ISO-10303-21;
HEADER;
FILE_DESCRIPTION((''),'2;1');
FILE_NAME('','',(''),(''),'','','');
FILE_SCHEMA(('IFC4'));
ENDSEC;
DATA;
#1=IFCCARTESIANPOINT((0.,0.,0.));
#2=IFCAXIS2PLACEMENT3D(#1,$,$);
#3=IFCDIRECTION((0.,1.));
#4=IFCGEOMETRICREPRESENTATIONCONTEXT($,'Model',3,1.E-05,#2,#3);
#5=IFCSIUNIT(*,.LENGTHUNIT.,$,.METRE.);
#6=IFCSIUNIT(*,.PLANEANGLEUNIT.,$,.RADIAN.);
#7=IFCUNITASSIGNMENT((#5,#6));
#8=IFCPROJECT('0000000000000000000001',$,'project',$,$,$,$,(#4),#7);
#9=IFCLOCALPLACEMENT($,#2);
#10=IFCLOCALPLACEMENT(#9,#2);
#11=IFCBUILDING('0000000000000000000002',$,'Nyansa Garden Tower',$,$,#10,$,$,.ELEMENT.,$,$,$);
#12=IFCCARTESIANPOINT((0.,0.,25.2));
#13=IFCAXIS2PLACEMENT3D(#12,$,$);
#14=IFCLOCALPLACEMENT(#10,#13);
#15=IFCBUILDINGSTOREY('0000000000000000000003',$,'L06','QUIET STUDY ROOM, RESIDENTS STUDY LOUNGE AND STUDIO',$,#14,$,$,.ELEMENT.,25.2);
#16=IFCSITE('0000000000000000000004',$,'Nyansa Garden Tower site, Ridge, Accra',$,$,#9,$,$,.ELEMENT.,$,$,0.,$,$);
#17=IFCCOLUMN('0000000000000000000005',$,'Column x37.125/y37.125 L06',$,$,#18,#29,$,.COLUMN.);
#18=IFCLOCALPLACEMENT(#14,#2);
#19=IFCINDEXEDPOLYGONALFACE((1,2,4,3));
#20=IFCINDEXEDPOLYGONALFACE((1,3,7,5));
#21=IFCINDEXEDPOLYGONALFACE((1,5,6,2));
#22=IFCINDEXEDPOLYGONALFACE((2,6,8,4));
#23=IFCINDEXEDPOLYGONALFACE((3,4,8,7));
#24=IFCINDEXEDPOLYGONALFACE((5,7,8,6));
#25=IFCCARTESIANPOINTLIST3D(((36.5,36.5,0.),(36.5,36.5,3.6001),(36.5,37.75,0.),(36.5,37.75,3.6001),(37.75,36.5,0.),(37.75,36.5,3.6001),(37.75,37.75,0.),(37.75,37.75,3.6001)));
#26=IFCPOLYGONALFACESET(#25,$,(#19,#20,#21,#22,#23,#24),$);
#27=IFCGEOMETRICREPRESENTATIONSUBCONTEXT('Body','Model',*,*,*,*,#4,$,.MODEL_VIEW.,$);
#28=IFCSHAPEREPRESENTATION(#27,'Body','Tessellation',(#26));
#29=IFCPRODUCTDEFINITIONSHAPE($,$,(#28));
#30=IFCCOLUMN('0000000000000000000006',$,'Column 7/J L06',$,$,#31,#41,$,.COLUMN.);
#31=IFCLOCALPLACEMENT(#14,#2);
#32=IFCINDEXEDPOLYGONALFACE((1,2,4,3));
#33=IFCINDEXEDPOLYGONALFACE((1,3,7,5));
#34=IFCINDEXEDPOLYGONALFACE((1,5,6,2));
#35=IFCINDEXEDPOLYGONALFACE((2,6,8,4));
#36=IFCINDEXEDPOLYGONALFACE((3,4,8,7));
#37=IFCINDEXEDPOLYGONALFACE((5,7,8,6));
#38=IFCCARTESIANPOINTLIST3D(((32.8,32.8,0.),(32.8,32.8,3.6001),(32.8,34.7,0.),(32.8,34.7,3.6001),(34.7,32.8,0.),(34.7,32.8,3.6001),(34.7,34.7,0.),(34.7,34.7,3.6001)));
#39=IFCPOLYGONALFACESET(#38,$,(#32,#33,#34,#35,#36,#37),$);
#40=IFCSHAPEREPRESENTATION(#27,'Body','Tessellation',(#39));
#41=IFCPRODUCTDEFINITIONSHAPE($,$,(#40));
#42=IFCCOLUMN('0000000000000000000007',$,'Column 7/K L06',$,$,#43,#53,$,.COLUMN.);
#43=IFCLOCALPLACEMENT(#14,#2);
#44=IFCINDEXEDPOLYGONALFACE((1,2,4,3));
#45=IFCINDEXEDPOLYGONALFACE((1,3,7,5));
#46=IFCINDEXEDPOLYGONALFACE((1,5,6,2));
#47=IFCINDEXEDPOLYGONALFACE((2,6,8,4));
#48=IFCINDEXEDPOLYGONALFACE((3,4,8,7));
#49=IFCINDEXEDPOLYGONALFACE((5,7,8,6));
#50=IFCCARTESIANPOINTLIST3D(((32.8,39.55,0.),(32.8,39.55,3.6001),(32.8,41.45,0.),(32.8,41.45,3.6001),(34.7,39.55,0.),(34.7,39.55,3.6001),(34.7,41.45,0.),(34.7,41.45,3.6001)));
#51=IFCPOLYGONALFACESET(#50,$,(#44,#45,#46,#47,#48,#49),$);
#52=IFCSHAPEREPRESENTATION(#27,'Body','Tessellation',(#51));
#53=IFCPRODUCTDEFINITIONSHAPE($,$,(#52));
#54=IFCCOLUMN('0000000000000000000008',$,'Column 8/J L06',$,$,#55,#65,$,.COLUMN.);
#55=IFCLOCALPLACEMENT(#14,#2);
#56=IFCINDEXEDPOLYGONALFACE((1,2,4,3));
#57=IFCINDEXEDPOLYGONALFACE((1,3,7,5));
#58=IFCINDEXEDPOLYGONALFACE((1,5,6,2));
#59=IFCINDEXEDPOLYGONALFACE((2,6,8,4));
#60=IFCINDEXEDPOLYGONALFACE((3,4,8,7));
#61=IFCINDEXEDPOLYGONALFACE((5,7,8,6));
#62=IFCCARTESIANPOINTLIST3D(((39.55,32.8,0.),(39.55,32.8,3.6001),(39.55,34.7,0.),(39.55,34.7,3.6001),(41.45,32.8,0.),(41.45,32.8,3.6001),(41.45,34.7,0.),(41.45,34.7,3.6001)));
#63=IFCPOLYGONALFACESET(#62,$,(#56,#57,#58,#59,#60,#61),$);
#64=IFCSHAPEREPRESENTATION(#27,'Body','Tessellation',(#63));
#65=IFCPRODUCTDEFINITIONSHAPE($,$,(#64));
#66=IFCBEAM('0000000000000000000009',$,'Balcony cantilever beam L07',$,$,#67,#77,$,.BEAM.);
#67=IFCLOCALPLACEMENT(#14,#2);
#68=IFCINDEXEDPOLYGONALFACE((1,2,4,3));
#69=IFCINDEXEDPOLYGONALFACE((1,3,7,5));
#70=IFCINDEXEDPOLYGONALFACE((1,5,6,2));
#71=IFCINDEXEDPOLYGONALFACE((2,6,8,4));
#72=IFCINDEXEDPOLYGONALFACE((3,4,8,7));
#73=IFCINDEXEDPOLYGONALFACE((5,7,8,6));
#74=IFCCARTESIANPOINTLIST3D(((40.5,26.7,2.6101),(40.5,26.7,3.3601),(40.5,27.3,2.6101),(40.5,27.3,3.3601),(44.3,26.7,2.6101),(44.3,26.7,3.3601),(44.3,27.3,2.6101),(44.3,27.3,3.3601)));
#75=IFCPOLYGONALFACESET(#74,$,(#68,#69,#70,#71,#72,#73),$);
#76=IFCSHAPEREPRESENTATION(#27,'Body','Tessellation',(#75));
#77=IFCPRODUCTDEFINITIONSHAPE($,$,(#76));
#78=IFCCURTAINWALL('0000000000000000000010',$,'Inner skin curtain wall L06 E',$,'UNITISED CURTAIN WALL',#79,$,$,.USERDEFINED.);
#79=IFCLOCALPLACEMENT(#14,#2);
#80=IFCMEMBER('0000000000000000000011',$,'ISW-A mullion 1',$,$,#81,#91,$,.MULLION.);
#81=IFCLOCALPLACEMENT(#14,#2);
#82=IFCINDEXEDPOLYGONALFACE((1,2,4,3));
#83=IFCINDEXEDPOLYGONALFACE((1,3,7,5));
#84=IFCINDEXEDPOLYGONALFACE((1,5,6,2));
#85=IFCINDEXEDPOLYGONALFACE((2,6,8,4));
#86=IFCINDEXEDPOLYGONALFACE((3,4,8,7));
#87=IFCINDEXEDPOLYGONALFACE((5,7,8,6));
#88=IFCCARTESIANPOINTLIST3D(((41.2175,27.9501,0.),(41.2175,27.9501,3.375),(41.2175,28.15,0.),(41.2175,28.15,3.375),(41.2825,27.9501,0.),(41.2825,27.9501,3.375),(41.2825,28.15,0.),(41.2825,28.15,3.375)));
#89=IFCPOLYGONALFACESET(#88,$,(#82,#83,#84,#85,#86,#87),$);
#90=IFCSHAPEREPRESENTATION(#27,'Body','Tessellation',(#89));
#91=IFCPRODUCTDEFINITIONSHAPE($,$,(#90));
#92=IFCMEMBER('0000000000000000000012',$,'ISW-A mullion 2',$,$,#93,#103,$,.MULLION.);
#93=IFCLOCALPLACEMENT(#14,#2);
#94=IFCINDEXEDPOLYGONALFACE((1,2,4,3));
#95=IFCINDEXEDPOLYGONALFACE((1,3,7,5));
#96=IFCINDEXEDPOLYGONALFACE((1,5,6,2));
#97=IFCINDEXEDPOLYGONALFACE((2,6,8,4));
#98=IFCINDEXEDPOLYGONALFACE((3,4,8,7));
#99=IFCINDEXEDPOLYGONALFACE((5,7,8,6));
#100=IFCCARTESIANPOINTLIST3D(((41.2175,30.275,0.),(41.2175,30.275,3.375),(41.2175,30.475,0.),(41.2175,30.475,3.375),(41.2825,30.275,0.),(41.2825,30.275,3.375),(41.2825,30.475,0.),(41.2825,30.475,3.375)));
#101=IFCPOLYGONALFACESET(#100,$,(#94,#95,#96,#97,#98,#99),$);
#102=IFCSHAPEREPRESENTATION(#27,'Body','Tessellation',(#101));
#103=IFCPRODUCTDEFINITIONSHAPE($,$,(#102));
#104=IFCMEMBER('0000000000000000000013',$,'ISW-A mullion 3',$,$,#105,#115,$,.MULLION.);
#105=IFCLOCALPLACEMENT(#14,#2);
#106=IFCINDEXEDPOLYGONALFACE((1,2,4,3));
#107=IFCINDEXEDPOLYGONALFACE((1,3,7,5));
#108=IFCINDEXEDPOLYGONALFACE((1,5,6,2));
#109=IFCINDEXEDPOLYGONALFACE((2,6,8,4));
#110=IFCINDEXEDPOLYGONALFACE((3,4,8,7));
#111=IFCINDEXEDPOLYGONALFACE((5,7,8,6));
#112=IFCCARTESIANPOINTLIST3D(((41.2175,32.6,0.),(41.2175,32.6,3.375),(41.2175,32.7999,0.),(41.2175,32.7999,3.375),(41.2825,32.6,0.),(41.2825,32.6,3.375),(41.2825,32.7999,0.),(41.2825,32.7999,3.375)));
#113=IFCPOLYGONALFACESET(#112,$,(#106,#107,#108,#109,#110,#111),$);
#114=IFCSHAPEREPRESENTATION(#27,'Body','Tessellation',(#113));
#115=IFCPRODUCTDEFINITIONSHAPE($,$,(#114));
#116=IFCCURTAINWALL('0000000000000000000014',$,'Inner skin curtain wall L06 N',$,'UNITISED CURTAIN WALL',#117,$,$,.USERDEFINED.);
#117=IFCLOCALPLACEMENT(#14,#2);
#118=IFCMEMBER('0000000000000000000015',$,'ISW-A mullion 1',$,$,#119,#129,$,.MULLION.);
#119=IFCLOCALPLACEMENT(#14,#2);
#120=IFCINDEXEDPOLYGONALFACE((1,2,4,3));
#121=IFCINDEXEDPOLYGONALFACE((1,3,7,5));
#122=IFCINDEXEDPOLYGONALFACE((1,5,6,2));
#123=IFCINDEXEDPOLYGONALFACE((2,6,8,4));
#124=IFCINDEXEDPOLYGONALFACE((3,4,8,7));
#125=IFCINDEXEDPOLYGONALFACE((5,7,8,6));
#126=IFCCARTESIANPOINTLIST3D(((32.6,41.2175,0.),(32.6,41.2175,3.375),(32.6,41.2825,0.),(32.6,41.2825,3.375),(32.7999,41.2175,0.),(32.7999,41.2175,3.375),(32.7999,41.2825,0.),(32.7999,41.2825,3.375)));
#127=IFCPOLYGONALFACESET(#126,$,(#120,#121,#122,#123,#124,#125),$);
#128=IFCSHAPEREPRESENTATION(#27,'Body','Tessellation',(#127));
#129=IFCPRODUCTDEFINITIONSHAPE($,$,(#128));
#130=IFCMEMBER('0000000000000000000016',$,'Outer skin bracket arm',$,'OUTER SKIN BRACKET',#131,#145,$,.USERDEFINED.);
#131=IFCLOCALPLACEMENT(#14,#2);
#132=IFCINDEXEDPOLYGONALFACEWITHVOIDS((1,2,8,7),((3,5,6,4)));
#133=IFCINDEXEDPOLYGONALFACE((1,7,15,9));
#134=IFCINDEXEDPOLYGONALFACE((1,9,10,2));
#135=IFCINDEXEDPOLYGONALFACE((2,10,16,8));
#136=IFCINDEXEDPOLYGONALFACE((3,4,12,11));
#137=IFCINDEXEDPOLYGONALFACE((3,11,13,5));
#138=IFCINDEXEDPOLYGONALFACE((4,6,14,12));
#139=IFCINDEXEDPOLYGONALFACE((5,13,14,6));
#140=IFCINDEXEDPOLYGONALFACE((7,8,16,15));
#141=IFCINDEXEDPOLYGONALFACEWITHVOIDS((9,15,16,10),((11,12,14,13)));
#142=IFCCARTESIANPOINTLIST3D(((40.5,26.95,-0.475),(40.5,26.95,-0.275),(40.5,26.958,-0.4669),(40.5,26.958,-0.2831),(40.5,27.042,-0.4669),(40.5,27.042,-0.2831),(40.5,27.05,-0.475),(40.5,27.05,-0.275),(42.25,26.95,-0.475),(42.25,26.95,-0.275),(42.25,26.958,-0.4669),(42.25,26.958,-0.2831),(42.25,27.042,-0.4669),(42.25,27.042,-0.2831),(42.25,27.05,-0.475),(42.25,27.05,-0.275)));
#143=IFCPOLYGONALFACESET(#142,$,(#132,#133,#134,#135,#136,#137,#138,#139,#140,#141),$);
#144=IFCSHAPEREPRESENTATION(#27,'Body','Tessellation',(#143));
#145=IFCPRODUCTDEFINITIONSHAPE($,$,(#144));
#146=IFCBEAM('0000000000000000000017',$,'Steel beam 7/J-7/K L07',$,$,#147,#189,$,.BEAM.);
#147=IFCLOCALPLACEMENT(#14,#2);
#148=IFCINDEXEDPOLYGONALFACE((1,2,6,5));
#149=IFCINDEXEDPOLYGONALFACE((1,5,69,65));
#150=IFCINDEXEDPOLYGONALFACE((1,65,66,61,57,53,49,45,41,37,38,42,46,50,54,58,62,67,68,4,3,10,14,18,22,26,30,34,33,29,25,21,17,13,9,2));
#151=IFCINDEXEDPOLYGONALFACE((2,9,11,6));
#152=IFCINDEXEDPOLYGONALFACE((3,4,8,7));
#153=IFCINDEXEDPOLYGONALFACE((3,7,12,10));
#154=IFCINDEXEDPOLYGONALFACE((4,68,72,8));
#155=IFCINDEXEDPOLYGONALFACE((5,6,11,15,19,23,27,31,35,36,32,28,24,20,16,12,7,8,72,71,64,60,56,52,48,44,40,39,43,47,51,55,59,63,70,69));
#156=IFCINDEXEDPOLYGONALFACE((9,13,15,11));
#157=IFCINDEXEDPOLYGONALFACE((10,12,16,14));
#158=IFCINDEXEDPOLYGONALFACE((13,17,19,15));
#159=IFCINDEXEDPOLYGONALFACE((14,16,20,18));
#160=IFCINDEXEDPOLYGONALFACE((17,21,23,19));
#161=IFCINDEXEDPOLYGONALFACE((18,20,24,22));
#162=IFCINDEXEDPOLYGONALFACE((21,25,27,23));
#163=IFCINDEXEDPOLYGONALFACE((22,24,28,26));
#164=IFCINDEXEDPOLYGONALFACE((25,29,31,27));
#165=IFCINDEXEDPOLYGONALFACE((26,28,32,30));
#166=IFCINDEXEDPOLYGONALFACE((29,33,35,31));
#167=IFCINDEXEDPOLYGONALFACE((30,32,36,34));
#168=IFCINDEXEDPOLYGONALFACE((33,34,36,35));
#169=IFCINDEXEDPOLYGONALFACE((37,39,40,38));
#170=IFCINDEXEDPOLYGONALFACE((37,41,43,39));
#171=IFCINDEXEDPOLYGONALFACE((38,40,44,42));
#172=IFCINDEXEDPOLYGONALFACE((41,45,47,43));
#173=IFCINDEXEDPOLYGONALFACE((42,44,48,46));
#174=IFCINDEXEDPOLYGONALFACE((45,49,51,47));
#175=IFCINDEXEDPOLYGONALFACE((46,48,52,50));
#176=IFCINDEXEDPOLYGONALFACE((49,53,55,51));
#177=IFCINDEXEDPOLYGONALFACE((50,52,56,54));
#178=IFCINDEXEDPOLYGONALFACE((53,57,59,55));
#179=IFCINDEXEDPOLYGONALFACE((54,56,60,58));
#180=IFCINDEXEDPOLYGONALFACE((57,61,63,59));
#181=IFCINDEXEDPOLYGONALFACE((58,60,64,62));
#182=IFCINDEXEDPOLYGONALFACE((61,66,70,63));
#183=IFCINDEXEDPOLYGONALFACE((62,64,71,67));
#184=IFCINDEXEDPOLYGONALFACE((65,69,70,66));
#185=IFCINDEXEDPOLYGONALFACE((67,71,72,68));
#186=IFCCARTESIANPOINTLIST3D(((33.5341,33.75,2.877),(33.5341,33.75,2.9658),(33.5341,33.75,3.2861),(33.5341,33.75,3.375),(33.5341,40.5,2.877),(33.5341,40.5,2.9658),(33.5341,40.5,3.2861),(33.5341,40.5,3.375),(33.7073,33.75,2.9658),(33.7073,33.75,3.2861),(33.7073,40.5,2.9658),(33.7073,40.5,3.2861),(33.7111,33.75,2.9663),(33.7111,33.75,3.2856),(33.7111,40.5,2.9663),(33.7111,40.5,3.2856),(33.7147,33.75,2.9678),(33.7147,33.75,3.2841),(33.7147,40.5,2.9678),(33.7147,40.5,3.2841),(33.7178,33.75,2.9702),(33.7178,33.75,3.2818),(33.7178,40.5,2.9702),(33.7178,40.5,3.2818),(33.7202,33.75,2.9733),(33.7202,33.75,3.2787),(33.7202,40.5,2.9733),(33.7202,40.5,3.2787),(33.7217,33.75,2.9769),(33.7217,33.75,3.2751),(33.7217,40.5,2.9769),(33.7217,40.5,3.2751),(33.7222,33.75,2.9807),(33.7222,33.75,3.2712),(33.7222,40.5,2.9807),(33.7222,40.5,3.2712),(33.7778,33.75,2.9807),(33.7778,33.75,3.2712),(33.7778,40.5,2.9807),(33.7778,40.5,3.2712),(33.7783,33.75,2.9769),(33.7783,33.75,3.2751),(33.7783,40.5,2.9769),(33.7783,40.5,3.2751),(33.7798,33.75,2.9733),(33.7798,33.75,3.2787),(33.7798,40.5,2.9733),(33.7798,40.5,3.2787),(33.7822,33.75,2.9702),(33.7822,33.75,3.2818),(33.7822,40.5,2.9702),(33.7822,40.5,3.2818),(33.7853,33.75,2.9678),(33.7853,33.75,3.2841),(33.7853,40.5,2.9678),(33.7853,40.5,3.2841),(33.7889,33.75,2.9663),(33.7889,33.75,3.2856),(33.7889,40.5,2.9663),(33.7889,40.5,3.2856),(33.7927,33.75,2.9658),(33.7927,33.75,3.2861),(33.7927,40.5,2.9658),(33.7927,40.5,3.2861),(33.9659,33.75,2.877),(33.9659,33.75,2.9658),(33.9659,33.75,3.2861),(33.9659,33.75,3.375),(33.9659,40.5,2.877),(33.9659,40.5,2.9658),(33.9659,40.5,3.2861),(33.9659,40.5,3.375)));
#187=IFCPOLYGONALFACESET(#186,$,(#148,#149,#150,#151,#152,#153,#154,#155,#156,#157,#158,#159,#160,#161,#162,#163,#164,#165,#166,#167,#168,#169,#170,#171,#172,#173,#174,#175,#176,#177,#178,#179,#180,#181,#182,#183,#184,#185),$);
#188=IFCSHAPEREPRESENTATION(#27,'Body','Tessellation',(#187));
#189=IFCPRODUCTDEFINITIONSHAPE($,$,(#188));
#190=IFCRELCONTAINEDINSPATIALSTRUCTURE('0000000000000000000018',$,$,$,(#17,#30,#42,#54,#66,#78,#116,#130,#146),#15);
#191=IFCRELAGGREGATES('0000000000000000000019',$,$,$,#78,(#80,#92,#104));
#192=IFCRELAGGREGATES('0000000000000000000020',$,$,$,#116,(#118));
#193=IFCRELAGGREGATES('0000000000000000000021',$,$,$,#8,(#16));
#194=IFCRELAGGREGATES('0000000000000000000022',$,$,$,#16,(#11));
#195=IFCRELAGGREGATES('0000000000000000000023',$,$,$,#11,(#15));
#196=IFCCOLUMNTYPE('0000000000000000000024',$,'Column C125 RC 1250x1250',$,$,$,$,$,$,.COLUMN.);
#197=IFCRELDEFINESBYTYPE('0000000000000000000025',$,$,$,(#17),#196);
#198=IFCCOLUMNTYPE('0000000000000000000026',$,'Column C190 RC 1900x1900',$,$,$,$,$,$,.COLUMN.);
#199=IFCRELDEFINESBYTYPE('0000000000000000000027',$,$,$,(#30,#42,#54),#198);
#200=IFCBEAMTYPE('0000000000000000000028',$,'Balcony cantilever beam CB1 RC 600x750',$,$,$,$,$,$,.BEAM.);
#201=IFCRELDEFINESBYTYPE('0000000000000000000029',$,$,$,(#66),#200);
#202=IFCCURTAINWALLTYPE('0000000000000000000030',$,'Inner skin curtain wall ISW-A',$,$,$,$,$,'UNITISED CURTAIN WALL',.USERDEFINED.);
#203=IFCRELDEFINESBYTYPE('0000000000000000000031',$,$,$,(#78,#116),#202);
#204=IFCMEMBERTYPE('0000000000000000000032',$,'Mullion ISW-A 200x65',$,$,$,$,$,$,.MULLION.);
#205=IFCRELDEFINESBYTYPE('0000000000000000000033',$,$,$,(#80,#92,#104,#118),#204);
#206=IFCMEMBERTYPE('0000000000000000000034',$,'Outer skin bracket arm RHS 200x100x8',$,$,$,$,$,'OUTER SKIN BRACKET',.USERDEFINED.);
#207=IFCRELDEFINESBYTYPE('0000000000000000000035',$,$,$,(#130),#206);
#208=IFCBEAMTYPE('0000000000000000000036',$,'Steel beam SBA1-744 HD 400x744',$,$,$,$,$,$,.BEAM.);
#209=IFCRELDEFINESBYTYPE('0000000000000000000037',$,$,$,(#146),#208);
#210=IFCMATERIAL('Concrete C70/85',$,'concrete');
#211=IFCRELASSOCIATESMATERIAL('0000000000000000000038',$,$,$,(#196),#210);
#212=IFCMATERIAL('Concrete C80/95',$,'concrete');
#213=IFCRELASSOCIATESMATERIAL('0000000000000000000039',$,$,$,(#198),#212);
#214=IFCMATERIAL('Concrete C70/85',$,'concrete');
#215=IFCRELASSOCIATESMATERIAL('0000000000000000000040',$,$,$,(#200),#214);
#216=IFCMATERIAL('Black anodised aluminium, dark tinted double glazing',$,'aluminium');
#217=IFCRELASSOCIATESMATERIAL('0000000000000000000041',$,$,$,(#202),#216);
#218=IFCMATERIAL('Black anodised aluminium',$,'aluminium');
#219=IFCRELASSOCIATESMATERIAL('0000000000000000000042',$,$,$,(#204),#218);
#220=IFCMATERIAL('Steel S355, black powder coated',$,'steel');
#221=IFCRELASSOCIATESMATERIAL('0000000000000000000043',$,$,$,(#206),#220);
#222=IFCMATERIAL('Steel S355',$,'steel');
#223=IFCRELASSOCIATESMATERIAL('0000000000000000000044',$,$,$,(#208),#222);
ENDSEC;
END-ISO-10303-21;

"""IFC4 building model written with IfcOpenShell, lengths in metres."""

from ifc_helpers import new_model, si_unit, direction, frame, origin, origin_2d, place, context, subcontext, project, spatial, rectangle, hollow_rectangle, i_section, extrude, material, material_profile, profile_set, type_object, element, aggregate, save


model = new_model("IFC4")

# Units and contexts
model_context = context("Model", 3, precision=1e-05, world=origin(), true_north=direction((0.0, 1.0)))
body_context = subcontext(model_context, "Body", "Model", "MODEL_VIEW")
ifc_project = project(units=[si_unit("LENGTHUNIT", "METRE"), si_unit("PLANEANGLEUNIT", "RADIAN")], contexts=[model_context])

# Site, building, storey
site_placement = place(None, origin())
site = spatial("IfcSite", under=ifc_project, at=site_placement, Name="Nyansa Garden Tower site, Ridge, Accra", CompositionType="ELEMENT", RefElevation=0.0)
building_placement = place(site_placement, origin())
building = spatial("IfcBuilding", under=site, at=building_placement, Name="Nyansa Garden Tower", CompositionType="ELEMENT")
storey_placement = place(building_placement, frame((0.0, 0.0, 25.2)))
storey = spatial("IfcBuildingStorey", under=building, at=storey_placement, Name="L06", Description="QUIET STUDY ROOM, RESIDENTS STUDY LOUNGE AND STUDIO", CompositionType="ELEMENT", Elevation=25.2)

# Columns
ifc_material_1 = material(Name="Concrete C70/85", Category="concrete")
ifc_material_profile_1 = material_profile(ifc_material_1, rectangle(XDim=1.25, YDim=1.25, at=origin_2d()), Name="RC 1250x1250")
ifc_profile_set_1 = profile_set([ifc_material_profile_1], Name="Concrete C70/85")
column_type_1 = type_object("IfcColumnType", Name="Column C125 RC 1250x1250", PredefinedType="COLUMN", material=ifc_profile_set_1)
column_placement = place(storey_placement, frame((37.125, 37.125, 0.0), z_axis=(0.0, 0.0, 1.0), x_axis=(1.0, 0.0, 0.0)))
element("IfcColumn", 1, at=column_placement, inside=storey, type_object=column_type_1, Name="Column x37.125/y37.125 L06", PredefinedType="COLUMN", context=body_context, shape_type="SweptSolid", body=[
    extrude(rectangle(XDim=1.25, YDim=1.25, at=origin_2d()), origin(), (0.0, 0.0, 1.0), 3.6001),
])
ifc_material_2 = material(Name="Concrete C80/95", Category="concrete")
ifc_material_profile_2 = material_profile(ifc_material_2, rectangle(XDim=1.8999, YDim=1.8999, at=origin_2d()), Name="RC 1900x1900")
ifc_profile_set_2 = profile_set([ifc_material_profile_2], Name="Concrete C80/95")
column_type_2 = type_object("IfcColumnType", Name="Column C190 RC 1900x1900", PredefinedType="COLUMN", material=ifc_profile_set_2)
for number, where, z_axis, x_axis, name in (
    (2, (33.75, 33.75, 0.0), (0.0, 0.0, 1.0), (1.0, 0.0, 0.0), "Column 7/J L06"),
    (3, (33.75, 40.5, 0.0), (0.0, 0.0, 1.0), (1.0, 0.0, 0.0), "Column 7/K L06"),
    (4, (40.5, 33.75, 0.0), (0.0, 0.0, 1.0), (1.0, 0.0, 0.0), "Column 8/J L06"),
):
    element("IfcColumn", number, at=place(storey_placement, frame(where, z_axis=z_axis, x_axis=x_axis)), inside=storey, type_object=column_type_2, Name=name, PredefinedType="COLUMN", context=body_context, shape_type="SweptSolid", body=[
        extrude(rectangle(XDim=1.8999, YDim=1.8999, at=origin_2d()), origin(), (0.0, 0.0, 1.0), 3.6001),
    ])

# Beam
ifc_material_3 = material(Name="Concrete C70/85", Category="concrete")
ifc_material_profile_3 = material_profile(ifc_material_3, rectangle(XDim=0.6001, YDim=0.75, at=origin_2d()), Name="RC 600x750")
ifc_profile_set_3 = profile_set([ifc_material_profile_3], Name="Concrete C70/85")
beam_type_1 = type_object("IfcBeamType", Name="Balcony cantilever beam CB1 RC 600x750", PredefinedType="BEAM", material=ifc_profile_set_3)
beam_placement = place(storey_placement, frame((40.5, 27.0, 2.9851), z_axis=(1.0, 0.0, 0.0), x_axis=(0.0, 1.0, 0.0)))
element("IfcBeam", 5, at=beam_placement, inside=storey, type_object=beam_type_1, Name="Balcony cantilever beam L07", PredefinedType="BEAM", context=body_context, shape_type="SweptSolid", body=[
    extrude(rectangle(XDim=0.6001, YDim=0.75, at=origin_2d()), origin(), (0.0, 0.0, 1.0), 3.8),
])

# Curtain wall, members
ifc_material_4 = material(Name="Black anodised aluminium, dark tinted double glazing", Category="aluminium")
curtain_wall_type = type_object("IfcCurtainWallType", Name="Inner skin curtain wall ISW-A", ElementType="UNITISED CURTAIN WALL", PredefinedType="USERDEFINED", material=ifc_material_4)
curtain_wall_1_placement = place(storey_placement, origin())
curtain_wall_1 = element("IfcCurtainWall", 6, at=curtain_wall_1_placement, inside=storey, type_object=curtain_wall_type, Name="Inner skin curtain wall L06 E", ObjectType="UNITISED CURTAIN WALL", PredefinedType="USERDEFINED")
ifc_material_5 = material(Name="Black anodised aluminium", Category="aluminium")
ifc_material_profile_4 = material_profile(ifc_material_5, rectangle(XDim=0.0649, YDim=0.2, at=origin_2d()), Name="Mullion 200x65")
ifc_profile_set_4 = profile_set([ifc_material_profile_4], Name="Black anodised aluminium")
member_type_1 = type_object("IfcMemberType", Name="Mullion ISW-A 200x65", PredefinedType="MULLION", material=ifc_profile_set_4)
member_1_placement = place(storey_placement, frame((41.25, 28.05, 0.0), z_axis=(0.0, 0.0, 1.0), x_axis=(-1.0, 0.0, 0.0)))
member_1 = element("IfcMember", 7, at=member_1_placement, type_object=member_type_1, Name="ISW-A mullion 1", PredefinedType="MULLION", context=body_context, shape_type="SweptSolid", body=[
    extrude(rectangle(XDim=0.0649, YDim=0.2, at=origin_2d()), origin(), (0.0, 0.0, 1.0), 3.375),
])
member_2_placement = place(storey_placement, frame((41.25, 30.375, 0.0), z_axis=(0.0, 0.0, 1.0), x_axis=(-1.0, 0.0, 0.0)))
member_2 = element("IfcMember", 8, at=member_2_placement, type_object=member_type_1, Name="ISW-A mullion 2", PredefinedType="MULLION", context=body_context, shape_type="SweptSolid", body=[
    extrude(rectangle(XDim=0.0649, YDim=0.2, at=origin_2d()), origin(), (0.0, 0.0, 1.0), 3.375),
])
member_3_placement = place(storey_placement, frame((41.25, 32.7, 0.0), z_axis=(0.0, 0.0, 1.0), x_axis=(-1.0, 0.0, 0.0)))
member_3 = element("IfcMember", 9, at=member_3_placement, type_object=member_type_1, Name="ISW-A mullion 3", PredefinedType="MULLION", context=body_context, shape_type="SweptSolid", body=[
    extrude(rectangle(XDim=0.0649, YDim=0.2, at=origin_2d()), origin(), (0.0, 0.0, 1.0), 3.375),
])

# Curtain wall, member
curtain_wall_2_placement = place(storey_placement, origin())
curtain_wall_2 = element("IfcCurtainWall", 10, at=curtain_wall_2_placement, inside=storey, type_object=curtain_wall_type, Name="Inner skin curtain wall L06 N", ObjectType="UNITISED CURTAIN WALL", PredefinedType="USERDEFINED")
member_4_placement = place(storey_placement, frame((32.7, 41.25, 0.0), z_axis=(0.0, 0.0, 1.0), x_axis=(0.0, -1.0, 0.0)))
member_4 = element("IfcMember", 11, at=member_4_placement, type_object=member_type_1, Name="ISW-A mullion 1", PredefinedType="MULLION", context=body_context, shape_type="SweptSolid", body=[
    extrude(rectangle(XDim=0.0649, YDim=0.2, at=origin_2d()), origin(), (0.0, 0.0, 1.0), 3.375),
])

# Member
ifc_material_6 = material(Name="Steel S355, black powder coated", Category="steel")
ifc_material_profile_5 = material_profile(ifc_material_6, hollow_rectangle(XDim=0.1001, YDim=0.2, WallThickness=0.0081, at=origin_2d()), Name="RHS 200x100x8")
ifc_profile_set_5 = profile_set([ifc_material_profile_5], Name="Steel S355, black powder coated")
member_type_2 = type_object("IfcMemberType", Name="Outer skin bracket arm RHS 200x100x8", ElementType="OUTER SKIN BRACKET", PredefinedType="USERDEFINED", material=ifc_profile_set_5)
member_5_placement = place(storey_placement, frame((40.5, 27.0, -0.375), z_axis=(1.0, 0.0, 0.0), x_axis=(0.0, 1.0, 0.0)))
element("IfcMember", 12, at=member_5_placement, inside=storey, type_object=member_type_2, Name="Outer skin bracket arm", ObjectType="OUTER SKIN BRACKET", PredefinedType="USERDEFINED", context=body_context, shape_type="SweptSolid", body=[
    extrude(hollow_rectangle(XDim=0.1001, YDim=0.2, WallThickness=0.0081, at=origin_2d()), origin(), (0.0, 0.0, 1.0), 1.75),
])

# Beam
ifc_material_7 = material(Name="Steel S355", Category="steel")
ifc_material_profile_6 = material_profile(ifc_material_7, i_section(OverallWidth=0.4319, OverallDepth=0.498, WebThickness=0.0557, FlangeThickness=0.0889, FilletRadius=0.0149, at=origin_2d()), Name="HD 400x744")
ifc_profile_set_6 = profile_set([ifc_material_profile_6], Name="Steel S355")
beam_type_2 = type_object("IfcBeamType", Name="Steel beam SBA1-744 HD 400x744", PredefinedType="BEAM", material=ifc_profile_set_6)
for number, where, z_axis, x_axis, name in (
    (13, (33.75, 33.75, 3.126), (0.0, 1.0, 0.0), (-1.0, 0.0, 0.0), "Steel beam 7/J-7/K L07"),
):
    element("IfcBeam", number, at=place(storey_placement, frame(where, z_axis=z_axis, x_axis=x_axis)), inside=storey, type_object=beam_type_2, Name=name, PredefinedType="BEAM", context=body_context, shape_type="SweptSolid", body=[
        extrude(i_section(OverallWidth=0.4319, OverallDepth=0.498, WebThickness=0.0557, FlangeThickness=0.0889, FilletRadius=0.0149, at=origin_2d()), origin(), (0.0, 0.0, 1.0), 6.75),
    ])

aggregate(curtain_wall_1, [member_1, member_2, member_3])
aggregate(curtain_wall_2, [member_4])

save(model, "model.ifc")
